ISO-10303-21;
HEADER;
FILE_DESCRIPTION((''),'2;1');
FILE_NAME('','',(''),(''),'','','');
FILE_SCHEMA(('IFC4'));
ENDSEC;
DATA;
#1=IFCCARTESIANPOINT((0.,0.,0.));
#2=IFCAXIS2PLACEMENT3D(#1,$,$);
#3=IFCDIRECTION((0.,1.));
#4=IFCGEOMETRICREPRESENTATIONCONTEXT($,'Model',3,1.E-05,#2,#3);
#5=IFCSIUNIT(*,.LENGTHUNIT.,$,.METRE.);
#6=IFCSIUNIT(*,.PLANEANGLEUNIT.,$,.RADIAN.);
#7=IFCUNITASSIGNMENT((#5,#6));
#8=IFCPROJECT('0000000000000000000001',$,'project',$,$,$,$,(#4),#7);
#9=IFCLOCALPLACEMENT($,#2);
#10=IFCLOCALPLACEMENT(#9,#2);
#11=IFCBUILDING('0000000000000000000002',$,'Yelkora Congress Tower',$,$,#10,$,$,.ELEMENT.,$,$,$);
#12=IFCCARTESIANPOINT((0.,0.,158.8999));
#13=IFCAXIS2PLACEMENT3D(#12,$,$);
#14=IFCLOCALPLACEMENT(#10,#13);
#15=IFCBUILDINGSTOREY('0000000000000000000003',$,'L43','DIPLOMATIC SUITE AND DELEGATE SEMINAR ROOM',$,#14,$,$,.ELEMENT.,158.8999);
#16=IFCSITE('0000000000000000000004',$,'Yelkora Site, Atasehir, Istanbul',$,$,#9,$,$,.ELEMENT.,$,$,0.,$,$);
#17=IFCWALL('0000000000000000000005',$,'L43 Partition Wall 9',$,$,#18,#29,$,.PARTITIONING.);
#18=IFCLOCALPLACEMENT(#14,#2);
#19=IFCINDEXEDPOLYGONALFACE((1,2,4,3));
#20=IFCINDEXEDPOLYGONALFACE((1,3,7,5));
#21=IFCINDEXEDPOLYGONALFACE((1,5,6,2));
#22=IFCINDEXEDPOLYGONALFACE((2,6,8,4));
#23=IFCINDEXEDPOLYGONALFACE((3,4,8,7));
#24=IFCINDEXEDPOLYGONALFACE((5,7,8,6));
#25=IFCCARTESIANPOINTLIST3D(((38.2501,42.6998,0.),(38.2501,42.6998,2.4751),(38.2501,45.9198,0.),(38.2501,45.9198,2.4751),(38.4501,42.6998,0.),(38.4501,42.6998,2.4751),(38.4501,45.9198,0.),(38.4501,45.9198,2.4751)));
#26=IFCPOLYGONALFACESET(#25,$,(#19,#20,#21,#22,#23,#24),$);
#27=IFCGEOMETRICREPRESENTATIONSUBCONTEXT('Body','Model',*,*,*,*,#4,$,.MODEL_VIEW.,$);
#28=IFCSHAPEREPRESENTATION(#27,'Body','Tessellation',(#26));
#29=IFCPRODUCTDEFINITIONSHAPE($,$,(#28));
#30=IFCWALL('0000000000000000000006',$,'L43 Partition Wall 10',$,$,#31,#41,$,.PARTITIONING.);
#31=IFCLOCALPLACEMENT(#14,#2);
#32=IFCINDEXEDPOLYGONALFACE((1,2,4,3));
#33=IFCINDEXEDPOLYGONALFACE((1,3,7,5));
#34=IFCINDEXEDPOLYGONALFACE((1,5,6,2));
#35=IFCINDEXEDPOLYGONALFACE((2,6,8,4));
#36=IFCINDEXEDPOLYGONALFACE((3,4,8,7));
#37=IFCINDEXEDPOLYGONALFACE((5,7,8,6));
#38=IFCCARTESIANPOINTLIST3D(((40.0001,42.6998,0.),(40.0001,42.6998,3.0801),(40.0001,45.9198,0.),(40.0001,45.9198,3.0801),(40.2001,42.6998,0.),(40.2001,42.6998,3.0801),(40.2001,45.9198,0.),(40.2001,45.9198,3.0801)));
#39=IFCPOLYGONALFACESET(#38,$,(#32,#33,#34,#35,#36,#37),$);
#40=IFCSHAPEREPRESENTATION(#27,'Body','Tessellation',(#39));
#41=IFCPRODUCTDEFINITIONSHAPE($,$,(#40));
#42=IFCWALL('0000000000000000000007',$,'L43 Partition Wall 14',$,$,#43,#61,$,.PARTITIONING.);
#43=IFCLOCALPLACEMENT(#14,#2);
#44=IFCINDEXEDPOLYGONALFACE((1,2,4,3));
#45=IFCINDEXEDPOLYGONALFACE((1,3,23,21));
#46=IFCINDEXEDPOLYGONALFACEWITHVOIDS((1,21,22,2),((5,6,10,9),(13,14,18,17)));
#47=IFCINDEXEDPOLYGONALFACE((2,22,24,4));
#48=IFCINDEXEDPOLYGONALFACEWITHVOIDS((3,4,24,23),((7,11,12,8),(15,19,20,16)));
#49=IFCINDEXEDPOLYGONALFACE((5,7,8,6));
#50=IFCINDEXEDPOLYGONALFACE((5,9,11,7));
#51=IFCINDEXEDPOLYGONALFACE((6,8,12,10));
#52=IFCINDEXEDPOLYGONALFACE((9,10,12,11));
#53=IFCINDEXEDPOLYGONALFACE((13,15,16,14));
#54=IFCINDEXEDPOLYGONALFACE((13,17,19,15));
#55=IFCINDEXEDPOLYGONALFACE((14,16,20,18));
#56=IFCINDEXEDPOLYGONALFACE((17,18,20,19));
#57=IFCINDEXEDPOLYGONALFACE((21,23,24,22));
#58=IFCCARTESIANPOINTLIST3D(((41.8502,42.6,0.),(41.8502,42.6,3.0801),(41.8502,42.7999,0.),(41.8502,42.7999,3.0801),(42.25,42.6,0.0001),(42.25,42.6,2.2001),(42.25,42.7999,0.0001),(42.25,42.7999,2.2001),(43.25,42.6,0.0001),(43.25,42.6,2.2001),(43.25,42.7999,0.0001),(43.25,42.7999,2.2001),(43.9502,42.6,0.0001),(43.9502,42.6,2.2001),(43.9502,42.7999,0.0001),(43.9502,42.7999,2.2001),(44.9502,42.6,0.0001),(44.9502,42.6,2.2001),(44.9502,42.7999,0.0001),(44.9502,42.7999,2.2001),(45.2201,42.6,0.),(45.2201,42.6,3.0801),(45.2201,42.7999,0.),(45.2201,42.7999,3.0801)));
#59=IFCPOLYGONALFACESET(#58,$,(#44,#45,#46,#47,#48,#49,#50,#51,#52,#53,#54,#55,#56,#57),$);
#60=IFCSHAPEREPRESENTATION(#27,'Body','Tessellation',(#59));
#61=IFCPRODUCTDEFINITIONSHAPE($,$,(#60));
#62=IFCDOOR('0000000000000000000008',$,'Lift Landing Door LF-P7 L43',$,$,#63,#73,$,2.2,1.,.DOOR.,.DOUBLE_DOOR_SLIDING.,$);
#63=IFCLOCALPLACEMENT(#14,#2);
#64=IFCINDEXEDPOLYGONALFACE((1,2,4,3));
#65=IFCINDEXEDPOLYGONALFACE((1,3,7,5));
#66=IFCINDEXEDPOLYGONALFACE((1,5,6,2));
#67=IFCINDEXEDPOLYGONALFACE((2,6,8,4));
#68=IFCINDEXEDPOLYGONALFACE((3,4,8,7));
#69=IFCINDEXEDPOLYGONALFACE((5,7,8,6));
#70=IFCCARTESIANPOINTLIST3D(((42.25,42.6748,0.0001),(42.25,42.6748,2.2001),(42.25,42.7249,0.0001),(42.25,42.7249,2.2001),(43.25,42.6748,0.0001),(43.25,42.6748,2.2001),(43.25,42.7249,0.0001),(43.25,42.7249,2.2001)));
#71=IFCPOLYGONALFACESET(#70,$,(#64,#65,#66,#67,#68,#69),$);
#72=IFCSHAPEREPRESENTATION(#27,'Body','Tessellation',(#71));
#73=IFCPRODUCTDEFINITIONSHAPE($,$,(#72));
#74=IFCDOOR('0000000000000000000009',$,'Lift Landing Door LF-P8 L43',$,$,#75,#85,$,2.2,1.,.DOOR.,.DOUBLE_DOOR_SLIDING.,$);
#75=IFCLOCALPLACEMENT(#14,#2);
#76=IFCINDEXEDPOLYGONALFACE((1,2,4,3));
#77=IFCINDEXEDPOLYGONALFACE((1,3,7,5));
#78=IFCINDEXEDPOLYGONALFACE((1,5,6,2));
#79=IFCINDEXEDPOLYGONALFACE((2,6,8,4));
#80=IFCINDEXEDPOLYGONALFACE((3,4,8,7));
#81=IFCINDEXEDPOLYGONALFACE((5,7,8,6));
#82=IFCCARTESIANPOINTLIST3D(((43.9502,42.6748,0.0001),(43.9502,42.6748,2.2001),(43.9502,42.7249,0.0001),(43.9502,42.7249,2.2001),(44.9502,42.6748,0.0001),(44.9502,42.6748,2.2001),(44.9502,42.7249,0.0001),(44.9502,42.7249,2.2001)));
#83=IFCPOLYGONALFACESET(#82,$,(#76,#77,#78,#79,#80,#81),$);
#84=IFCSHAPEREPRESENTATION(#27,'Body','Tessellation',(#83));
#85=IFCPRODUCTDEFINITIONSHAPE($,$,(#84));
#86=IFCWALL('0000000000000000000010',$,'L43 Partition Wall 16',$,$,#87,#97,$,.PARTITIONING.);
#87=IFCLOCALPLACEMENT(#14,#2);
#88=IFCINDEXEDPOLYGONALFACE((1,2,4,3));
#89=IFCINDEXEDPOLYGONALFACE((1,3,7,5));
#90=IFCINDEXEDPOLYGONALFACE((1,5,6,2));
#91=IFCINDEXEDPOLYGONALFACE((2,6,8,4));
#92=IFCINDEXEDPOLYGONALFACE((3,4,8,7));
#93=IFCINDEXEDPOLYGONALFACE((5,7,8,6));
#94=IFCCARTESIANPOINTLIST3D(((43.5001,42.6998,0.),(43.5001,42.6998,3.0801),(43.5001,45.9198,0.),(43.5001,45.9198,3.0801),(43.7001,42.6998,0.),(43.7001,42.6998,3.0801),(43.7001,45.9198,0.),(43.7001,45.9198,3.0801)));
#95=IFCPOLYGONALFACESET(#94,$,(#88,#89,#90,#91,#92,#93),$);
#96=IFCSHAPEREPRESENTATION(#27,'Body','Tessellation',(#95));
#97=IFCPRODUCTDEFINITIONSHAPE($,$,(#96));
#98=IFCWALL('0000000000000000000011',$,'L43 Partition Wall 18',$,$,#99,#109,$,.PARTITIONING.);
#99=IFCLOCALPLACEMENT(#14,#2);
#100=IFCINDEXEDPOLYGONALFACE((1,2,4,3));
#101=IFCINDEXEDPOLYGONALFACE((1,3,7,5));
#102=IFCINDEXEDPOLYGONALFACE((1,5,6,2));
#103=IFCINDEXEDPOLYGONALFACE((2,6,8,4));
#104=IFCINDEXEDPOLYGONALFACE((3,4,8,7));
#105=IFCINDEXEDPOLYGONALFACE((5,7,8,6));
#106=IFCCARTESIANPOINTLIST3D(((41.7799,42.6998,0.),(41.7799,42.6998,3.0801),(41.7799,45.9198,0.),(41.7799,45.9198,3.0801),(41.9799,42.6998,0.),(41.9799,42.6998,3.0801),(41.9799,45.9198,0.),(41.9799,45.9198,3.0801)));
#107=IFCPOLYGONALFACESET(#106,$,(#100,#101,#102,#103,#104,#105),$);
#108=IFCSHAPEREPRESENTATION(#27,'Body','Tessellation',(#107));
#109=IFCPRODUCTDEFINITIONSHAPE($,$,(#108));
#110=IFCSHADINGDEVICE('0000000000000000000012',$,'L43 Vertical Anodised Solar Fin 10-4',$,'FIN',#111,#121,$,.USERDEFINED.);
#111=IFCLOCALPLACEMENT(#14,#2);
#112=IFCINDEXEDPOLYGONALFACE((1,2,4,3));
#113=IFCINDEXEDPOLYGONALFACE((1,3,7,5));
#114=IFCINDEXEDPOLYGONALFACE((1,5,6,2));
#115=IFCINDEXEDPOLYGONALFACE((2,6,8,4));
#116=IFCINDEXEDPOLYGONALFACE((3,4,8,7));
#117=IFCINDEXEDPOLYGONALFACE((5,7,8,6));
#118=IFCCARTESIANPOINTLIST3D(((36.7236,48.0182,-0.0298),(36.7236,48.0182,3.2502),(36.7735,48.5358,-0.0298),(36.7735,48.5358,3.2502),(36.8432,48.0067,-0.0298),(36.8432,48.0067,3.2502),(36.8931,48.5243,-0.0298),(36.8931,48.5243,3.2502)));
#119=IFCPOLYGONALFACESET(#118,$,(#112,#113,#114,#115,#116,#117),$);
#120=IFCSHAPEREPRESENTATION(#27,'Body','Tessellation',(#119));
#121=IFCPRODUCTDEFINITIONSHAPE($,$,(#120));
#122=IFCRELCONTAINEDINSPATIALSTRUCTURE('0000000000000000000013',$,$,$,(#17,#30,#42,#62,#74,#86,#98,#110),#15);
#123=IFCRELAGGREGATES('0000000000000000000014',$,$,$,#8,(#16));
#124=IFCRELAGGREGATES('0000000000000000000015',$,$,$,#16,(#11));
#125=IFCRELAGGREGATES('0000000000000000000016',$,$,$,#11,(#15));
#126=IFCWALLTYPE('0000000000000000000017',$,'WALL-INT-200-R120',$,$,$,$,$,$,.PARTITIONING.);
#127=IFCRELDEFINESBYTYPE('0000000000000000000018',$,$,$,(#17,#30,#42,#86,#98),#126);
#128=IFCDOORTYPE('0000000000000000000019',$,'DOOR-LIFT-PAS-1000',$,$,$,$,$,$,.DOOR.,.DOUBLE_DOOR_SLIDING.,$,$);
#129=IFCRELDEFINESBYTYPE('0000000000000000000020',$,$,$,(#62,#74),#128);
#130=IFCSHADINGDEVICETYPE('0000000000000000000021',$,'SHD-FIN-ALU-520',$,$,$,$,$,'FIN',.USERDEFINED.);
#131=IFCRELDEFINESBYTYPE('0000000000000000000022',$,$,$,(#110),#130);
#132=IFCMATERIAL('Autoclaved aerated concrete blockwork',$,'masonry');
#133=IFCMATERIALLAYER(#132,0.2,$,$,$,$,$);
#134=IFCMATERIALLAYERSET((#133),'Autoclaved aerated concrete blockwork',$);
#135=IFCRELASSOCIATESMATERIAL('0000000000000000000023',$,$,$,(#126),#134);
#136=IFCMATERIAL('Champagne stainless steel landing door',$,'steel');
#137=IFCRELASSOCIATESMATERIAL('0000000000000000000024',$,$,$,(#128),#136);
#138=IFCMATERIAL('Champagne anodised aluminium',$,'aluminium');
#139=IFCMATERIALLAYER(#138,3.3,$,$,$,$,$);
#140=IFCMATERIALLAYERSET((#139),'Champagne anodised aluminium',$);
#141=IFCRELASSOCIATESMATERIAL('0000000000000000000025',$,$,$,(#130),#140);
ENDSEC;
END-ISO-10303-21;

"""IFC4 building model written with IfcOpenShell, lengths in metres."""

from ifc_helpers import new_model, si_unit, direction, frame, frame_2d, origin, origin_2d, place, context, subcontext, project, spatial, rectangle, extrude, material, layer, layer_set, type_object, element, fill, save


model = new_model("IFC4")

# Units and contexts
model_context = context("Model", 3, precision=1e-05, world=origin(), true_north=direction((0.0, 1.0)))
body_context = subcontext(model_context, "Body", "Model", "MODEL_VIEW")
ifc_project = project(units=[si_unit("LENGTHUNIT", "METRE"), si_unit("PLANEANGLEUNIT", "RADIAN")], contexts=[model_context])

# Site, building, storey
site_placement = place(None, origin())
site = spatial("IfcSite", under=ifc_project, at=site_placement, Name="Yelkora Site, Atasehir, Istanbul", CompositionType="ELEMENT", RefElevation=0.0)
building_placement = place(site_placement, origin())
building = spatial("IfcBuilding", under=site, at=building_placement, Name="Yelkora Congress Tower", CompositionType="ELEMENT")
storey_placement = place(building_placement, frame((0.0, 0.0, 158.8999)))
storey = spatial("IfcBuildingStorey", under=building, at=storey_placement, Name="L43", Description="DIPLOMATIC SUITE AND DELEGATE SEMINAR ROOM", CompositionType="ELEMENT", Elevation=158.8999)

# Walls
ifc_material_1 = material(Name="Autoclaved aerated concrete blockwork", Category="masonry")
ifc_layer_1 = layer(ifc_material_1, 0.2)
ifc_layer_set_1 = layer_set([ifc_layer_1], Name="Autoclaved aerated concrete blockwork")
wall_type = type_object("IfcWallType", Name="WALL-INT-200-R120", PredefinedType="PARTITIONING", material=ifc_layer_set_1)
wall_1_placement = place(storey_placement, frame((38.3501, 42.7, 0.0), z_axis=(0.0, 0.0, 1.0), x_axis=(0.0, 1.0, 0.0)))
element("IfcWall", 1, at=wall_1_placement, inside=storey, type_object=wall_type, Name="L43 Partition Wall 9", PredefinedType="PARTITIONING", context=body_context, shape_type="SweptSolid", body=[
    extrude(rectangle(XDim=3.22, YDim=0.2, at=frame_2d((1.6099, 0.0))), origin(), (0.0, 0.0, 1.0), 2.4751),
])
wall_2_placement = place(storey_placement, frame((40.1001, 42.7, 0.0), z_axis=(0.0, 0.0, 1.0), x_axis=(0.0, 1.0, 0.0)))
element("IfcWall", 2, at=wall_2_placement, inside=storey, type_object=wall_type, Name="L43 Partition Wall 10", PredefinedType="PARTITIONING", context=body_context, shape_type="SweptSolid", body=[
    extrude(rectangle(XDim=3.22, YDim=0.2, at=frame_2d((1.6099, 0.0))), origin(), (0.0, 0.0, 1.0), 3.0801),
])

# Wall, openings, doors
wall_3_placement = place(storey_placement, frame((41.8501, 42.7, 0.0), z_axis=(0.0, 0.0, 1.0), x_axis=(1.0, 0.0, 0.0)))
wall_3 = element("IfcWall", 3, at=wall_3_placement, inside=storey, type_object=wall_type, Name="L43 Partition Wall 14", PredefinedType="PARTITIONING", context=body_context, shape_type="SweptSolid", body=[
    extrude(rectangle(XDim=3.3699, YDim=0.2, at=frame_2d((1.6851, 0.0))), origin(), (0.0, 0.0, 1.0), 3.0801),
])
opening_1_placement = place(wall_3_placement, frame((0.3999, 0.0, 0.0)))
opening_1 = element("IfcOpeningElement", 4, at=opening_1_placement, cuts=wall_3, PredefinedType="OPENING", context=body_context, shape_type="SweptSolid", body=[
    extrude(rectangle(XDim=1.0, YDim=2.2, at=frame_2d((0.5, 1.1001))), frame((0.0, 0.1099, 0.0), z_axis=(0.0, -1.0, 0.0), x_axis=(1.0, 0.0, 0.0)), (0.0, 0.0, 1.0), 0.22),
])
opening_2_placement = place(wall_3_placement, frame((2.1001, 0.0, 0.0)))
opening_2 = element("IfcOpeningElement", 5, at=opening_2_placement, cuts=wall_3, PredefinedType="OPENING", context=body_context, shape_type="SweptSolid", body=[
    extrude(rectangle(XDim=1.0, YDim=2.2, at=frame_2d((0.5, 1.1001))), frame((0.0, 0.1099, 0.0), z_axis=(0.0, -1.0, 0.0), x_axis=(1.0, 0.0, 0.0)), (0.0, 0.0, 1.0), 0.22),
])
ifc_material_2 = material(Name="Champagne stainless steel landing door", Category="steel")
door_type = type_object("IfcDoorType", Name="DOOR-LIFT-PAS-1000", OperationType="DOUBLE_DOOR_SLIDING", PredefinedType="DOOR", material=ifc_material_2)
door_1_placement = place(opening_1_placement, origin())
door_1 = element("IfcDoor", 6, at=door_1_placement, inside=storey, type_object=door_type, Name="Lift Landing Door LF-P7 L43", OperationType="DOUBLE_DOOR_SLIDING", OverallHeight=2.2, OverallWidth=1.0, PredefinedType="DOOR", context=body_context, shape_type="SweptSolid", body=[
    extrude(rectangle(XDim=1.0, YDim=2.2, at=frame_2d((0.5, 1.1001))), frame((0.0, 0.0249, 0.0), z_axis=(0.0, -1.0, 0.0), x_axis=(1.0, 0.0, 0.0)), (0.0, 0.0, 1.0), 0.05),
])
fill(opening_1, door_1)
door_2_placement = place(opening_2_placement, origin())
door_2 = element("IfcDoor", 7, at=door_2_placement, inside=storey, type_object=door_type, Name="Lift Landing Door LF-P8 L43", OperationType="DOUBLE_DOOR_SLIDING", OverallHeight=2.2, OverallWidth=1.0, PredefinedType="DOOR", context=body_context, shape_type="SweptSolid", body=[
    extrude(rectangle(XDim=1.0, YDim=2.2, at=frame_2d((0.5, 1.1001))), frame((0.0, 0.0249, 0.0), z_axis=(0.0, -1.0, 0.0), x_axis=(1.0, 0.0, 0.0)), (0.0, 0.0, 1.0), 0.05),
])
fill(opening_2, door_2)

# Walls
for number, where, z_axis, x_axis, name in (
    (8, (43.6001, 42.7, 0.0), (0.0, 0.0, 1.0), (0.0, 1.0, 0.0), "L43 Partition Wall 16"),
    (9, (41.8799, 42.7, 0.0), (0.0, 0.0, 1.0), (0.0, 1.0, 0.0), "L43 Partition Wall 18"),
):
    element("IfcWall", number, at=place(storey_placement, frame(where, z_axis=z_axis, x_axis=x_axis)), inside=storey, type_object=wall_type, Name=name, PredefinedType="PARTITIONING", context=body_context, shape_type="SweptSolid", body=[
        extrude(rectangle(XDim=3.22, YDim=0.2, at=frame_2d((1.6099, 0.0))), origin(), (0.0, 0.0, 1.0), 3.0801),
    ])

# Shading device
ifc_material_3 = material(Name="Champagne anodised aluminium", Category="aluminium")
ifc_layer_2 = layer(ifc_material_3, 3.3)
ifc_layer_set_2 = layer_set([ifc_layer_2], Name="Champagne anodised aluminium")
shading_device_type = type_object("IfcShadingDeviceType", Name="SHD-FIN-ALU-520", ElementType="FIN", PredefinedType="USERDEFINED", material=ifc_layer_set_2)
shading_device_placement = place(storey_placement, frame((36.8083, 48.2712, -0.0298), z_axis=(0.0, 0.0, 1.0), x_axis=(0.995396, -0.095846, 0.0)))
element("IfcShadingDevice", 10, at=shading_device_placement, inside=storey, type_object=shading_device_type, Name="L43 Vertical Anodised Solar Fin 10-4", ObjectType="FIN", PredefinedType="USERDEFINED", context=body_context, shape_type="SweptSolid", body=[
    extrude(rectangle(XDim=0.1201, YDim=0.52, at=origin_2d()), origin(), (0.0, 0.0, 1.0), 3.28),
])

save(model, "model.ifc")
